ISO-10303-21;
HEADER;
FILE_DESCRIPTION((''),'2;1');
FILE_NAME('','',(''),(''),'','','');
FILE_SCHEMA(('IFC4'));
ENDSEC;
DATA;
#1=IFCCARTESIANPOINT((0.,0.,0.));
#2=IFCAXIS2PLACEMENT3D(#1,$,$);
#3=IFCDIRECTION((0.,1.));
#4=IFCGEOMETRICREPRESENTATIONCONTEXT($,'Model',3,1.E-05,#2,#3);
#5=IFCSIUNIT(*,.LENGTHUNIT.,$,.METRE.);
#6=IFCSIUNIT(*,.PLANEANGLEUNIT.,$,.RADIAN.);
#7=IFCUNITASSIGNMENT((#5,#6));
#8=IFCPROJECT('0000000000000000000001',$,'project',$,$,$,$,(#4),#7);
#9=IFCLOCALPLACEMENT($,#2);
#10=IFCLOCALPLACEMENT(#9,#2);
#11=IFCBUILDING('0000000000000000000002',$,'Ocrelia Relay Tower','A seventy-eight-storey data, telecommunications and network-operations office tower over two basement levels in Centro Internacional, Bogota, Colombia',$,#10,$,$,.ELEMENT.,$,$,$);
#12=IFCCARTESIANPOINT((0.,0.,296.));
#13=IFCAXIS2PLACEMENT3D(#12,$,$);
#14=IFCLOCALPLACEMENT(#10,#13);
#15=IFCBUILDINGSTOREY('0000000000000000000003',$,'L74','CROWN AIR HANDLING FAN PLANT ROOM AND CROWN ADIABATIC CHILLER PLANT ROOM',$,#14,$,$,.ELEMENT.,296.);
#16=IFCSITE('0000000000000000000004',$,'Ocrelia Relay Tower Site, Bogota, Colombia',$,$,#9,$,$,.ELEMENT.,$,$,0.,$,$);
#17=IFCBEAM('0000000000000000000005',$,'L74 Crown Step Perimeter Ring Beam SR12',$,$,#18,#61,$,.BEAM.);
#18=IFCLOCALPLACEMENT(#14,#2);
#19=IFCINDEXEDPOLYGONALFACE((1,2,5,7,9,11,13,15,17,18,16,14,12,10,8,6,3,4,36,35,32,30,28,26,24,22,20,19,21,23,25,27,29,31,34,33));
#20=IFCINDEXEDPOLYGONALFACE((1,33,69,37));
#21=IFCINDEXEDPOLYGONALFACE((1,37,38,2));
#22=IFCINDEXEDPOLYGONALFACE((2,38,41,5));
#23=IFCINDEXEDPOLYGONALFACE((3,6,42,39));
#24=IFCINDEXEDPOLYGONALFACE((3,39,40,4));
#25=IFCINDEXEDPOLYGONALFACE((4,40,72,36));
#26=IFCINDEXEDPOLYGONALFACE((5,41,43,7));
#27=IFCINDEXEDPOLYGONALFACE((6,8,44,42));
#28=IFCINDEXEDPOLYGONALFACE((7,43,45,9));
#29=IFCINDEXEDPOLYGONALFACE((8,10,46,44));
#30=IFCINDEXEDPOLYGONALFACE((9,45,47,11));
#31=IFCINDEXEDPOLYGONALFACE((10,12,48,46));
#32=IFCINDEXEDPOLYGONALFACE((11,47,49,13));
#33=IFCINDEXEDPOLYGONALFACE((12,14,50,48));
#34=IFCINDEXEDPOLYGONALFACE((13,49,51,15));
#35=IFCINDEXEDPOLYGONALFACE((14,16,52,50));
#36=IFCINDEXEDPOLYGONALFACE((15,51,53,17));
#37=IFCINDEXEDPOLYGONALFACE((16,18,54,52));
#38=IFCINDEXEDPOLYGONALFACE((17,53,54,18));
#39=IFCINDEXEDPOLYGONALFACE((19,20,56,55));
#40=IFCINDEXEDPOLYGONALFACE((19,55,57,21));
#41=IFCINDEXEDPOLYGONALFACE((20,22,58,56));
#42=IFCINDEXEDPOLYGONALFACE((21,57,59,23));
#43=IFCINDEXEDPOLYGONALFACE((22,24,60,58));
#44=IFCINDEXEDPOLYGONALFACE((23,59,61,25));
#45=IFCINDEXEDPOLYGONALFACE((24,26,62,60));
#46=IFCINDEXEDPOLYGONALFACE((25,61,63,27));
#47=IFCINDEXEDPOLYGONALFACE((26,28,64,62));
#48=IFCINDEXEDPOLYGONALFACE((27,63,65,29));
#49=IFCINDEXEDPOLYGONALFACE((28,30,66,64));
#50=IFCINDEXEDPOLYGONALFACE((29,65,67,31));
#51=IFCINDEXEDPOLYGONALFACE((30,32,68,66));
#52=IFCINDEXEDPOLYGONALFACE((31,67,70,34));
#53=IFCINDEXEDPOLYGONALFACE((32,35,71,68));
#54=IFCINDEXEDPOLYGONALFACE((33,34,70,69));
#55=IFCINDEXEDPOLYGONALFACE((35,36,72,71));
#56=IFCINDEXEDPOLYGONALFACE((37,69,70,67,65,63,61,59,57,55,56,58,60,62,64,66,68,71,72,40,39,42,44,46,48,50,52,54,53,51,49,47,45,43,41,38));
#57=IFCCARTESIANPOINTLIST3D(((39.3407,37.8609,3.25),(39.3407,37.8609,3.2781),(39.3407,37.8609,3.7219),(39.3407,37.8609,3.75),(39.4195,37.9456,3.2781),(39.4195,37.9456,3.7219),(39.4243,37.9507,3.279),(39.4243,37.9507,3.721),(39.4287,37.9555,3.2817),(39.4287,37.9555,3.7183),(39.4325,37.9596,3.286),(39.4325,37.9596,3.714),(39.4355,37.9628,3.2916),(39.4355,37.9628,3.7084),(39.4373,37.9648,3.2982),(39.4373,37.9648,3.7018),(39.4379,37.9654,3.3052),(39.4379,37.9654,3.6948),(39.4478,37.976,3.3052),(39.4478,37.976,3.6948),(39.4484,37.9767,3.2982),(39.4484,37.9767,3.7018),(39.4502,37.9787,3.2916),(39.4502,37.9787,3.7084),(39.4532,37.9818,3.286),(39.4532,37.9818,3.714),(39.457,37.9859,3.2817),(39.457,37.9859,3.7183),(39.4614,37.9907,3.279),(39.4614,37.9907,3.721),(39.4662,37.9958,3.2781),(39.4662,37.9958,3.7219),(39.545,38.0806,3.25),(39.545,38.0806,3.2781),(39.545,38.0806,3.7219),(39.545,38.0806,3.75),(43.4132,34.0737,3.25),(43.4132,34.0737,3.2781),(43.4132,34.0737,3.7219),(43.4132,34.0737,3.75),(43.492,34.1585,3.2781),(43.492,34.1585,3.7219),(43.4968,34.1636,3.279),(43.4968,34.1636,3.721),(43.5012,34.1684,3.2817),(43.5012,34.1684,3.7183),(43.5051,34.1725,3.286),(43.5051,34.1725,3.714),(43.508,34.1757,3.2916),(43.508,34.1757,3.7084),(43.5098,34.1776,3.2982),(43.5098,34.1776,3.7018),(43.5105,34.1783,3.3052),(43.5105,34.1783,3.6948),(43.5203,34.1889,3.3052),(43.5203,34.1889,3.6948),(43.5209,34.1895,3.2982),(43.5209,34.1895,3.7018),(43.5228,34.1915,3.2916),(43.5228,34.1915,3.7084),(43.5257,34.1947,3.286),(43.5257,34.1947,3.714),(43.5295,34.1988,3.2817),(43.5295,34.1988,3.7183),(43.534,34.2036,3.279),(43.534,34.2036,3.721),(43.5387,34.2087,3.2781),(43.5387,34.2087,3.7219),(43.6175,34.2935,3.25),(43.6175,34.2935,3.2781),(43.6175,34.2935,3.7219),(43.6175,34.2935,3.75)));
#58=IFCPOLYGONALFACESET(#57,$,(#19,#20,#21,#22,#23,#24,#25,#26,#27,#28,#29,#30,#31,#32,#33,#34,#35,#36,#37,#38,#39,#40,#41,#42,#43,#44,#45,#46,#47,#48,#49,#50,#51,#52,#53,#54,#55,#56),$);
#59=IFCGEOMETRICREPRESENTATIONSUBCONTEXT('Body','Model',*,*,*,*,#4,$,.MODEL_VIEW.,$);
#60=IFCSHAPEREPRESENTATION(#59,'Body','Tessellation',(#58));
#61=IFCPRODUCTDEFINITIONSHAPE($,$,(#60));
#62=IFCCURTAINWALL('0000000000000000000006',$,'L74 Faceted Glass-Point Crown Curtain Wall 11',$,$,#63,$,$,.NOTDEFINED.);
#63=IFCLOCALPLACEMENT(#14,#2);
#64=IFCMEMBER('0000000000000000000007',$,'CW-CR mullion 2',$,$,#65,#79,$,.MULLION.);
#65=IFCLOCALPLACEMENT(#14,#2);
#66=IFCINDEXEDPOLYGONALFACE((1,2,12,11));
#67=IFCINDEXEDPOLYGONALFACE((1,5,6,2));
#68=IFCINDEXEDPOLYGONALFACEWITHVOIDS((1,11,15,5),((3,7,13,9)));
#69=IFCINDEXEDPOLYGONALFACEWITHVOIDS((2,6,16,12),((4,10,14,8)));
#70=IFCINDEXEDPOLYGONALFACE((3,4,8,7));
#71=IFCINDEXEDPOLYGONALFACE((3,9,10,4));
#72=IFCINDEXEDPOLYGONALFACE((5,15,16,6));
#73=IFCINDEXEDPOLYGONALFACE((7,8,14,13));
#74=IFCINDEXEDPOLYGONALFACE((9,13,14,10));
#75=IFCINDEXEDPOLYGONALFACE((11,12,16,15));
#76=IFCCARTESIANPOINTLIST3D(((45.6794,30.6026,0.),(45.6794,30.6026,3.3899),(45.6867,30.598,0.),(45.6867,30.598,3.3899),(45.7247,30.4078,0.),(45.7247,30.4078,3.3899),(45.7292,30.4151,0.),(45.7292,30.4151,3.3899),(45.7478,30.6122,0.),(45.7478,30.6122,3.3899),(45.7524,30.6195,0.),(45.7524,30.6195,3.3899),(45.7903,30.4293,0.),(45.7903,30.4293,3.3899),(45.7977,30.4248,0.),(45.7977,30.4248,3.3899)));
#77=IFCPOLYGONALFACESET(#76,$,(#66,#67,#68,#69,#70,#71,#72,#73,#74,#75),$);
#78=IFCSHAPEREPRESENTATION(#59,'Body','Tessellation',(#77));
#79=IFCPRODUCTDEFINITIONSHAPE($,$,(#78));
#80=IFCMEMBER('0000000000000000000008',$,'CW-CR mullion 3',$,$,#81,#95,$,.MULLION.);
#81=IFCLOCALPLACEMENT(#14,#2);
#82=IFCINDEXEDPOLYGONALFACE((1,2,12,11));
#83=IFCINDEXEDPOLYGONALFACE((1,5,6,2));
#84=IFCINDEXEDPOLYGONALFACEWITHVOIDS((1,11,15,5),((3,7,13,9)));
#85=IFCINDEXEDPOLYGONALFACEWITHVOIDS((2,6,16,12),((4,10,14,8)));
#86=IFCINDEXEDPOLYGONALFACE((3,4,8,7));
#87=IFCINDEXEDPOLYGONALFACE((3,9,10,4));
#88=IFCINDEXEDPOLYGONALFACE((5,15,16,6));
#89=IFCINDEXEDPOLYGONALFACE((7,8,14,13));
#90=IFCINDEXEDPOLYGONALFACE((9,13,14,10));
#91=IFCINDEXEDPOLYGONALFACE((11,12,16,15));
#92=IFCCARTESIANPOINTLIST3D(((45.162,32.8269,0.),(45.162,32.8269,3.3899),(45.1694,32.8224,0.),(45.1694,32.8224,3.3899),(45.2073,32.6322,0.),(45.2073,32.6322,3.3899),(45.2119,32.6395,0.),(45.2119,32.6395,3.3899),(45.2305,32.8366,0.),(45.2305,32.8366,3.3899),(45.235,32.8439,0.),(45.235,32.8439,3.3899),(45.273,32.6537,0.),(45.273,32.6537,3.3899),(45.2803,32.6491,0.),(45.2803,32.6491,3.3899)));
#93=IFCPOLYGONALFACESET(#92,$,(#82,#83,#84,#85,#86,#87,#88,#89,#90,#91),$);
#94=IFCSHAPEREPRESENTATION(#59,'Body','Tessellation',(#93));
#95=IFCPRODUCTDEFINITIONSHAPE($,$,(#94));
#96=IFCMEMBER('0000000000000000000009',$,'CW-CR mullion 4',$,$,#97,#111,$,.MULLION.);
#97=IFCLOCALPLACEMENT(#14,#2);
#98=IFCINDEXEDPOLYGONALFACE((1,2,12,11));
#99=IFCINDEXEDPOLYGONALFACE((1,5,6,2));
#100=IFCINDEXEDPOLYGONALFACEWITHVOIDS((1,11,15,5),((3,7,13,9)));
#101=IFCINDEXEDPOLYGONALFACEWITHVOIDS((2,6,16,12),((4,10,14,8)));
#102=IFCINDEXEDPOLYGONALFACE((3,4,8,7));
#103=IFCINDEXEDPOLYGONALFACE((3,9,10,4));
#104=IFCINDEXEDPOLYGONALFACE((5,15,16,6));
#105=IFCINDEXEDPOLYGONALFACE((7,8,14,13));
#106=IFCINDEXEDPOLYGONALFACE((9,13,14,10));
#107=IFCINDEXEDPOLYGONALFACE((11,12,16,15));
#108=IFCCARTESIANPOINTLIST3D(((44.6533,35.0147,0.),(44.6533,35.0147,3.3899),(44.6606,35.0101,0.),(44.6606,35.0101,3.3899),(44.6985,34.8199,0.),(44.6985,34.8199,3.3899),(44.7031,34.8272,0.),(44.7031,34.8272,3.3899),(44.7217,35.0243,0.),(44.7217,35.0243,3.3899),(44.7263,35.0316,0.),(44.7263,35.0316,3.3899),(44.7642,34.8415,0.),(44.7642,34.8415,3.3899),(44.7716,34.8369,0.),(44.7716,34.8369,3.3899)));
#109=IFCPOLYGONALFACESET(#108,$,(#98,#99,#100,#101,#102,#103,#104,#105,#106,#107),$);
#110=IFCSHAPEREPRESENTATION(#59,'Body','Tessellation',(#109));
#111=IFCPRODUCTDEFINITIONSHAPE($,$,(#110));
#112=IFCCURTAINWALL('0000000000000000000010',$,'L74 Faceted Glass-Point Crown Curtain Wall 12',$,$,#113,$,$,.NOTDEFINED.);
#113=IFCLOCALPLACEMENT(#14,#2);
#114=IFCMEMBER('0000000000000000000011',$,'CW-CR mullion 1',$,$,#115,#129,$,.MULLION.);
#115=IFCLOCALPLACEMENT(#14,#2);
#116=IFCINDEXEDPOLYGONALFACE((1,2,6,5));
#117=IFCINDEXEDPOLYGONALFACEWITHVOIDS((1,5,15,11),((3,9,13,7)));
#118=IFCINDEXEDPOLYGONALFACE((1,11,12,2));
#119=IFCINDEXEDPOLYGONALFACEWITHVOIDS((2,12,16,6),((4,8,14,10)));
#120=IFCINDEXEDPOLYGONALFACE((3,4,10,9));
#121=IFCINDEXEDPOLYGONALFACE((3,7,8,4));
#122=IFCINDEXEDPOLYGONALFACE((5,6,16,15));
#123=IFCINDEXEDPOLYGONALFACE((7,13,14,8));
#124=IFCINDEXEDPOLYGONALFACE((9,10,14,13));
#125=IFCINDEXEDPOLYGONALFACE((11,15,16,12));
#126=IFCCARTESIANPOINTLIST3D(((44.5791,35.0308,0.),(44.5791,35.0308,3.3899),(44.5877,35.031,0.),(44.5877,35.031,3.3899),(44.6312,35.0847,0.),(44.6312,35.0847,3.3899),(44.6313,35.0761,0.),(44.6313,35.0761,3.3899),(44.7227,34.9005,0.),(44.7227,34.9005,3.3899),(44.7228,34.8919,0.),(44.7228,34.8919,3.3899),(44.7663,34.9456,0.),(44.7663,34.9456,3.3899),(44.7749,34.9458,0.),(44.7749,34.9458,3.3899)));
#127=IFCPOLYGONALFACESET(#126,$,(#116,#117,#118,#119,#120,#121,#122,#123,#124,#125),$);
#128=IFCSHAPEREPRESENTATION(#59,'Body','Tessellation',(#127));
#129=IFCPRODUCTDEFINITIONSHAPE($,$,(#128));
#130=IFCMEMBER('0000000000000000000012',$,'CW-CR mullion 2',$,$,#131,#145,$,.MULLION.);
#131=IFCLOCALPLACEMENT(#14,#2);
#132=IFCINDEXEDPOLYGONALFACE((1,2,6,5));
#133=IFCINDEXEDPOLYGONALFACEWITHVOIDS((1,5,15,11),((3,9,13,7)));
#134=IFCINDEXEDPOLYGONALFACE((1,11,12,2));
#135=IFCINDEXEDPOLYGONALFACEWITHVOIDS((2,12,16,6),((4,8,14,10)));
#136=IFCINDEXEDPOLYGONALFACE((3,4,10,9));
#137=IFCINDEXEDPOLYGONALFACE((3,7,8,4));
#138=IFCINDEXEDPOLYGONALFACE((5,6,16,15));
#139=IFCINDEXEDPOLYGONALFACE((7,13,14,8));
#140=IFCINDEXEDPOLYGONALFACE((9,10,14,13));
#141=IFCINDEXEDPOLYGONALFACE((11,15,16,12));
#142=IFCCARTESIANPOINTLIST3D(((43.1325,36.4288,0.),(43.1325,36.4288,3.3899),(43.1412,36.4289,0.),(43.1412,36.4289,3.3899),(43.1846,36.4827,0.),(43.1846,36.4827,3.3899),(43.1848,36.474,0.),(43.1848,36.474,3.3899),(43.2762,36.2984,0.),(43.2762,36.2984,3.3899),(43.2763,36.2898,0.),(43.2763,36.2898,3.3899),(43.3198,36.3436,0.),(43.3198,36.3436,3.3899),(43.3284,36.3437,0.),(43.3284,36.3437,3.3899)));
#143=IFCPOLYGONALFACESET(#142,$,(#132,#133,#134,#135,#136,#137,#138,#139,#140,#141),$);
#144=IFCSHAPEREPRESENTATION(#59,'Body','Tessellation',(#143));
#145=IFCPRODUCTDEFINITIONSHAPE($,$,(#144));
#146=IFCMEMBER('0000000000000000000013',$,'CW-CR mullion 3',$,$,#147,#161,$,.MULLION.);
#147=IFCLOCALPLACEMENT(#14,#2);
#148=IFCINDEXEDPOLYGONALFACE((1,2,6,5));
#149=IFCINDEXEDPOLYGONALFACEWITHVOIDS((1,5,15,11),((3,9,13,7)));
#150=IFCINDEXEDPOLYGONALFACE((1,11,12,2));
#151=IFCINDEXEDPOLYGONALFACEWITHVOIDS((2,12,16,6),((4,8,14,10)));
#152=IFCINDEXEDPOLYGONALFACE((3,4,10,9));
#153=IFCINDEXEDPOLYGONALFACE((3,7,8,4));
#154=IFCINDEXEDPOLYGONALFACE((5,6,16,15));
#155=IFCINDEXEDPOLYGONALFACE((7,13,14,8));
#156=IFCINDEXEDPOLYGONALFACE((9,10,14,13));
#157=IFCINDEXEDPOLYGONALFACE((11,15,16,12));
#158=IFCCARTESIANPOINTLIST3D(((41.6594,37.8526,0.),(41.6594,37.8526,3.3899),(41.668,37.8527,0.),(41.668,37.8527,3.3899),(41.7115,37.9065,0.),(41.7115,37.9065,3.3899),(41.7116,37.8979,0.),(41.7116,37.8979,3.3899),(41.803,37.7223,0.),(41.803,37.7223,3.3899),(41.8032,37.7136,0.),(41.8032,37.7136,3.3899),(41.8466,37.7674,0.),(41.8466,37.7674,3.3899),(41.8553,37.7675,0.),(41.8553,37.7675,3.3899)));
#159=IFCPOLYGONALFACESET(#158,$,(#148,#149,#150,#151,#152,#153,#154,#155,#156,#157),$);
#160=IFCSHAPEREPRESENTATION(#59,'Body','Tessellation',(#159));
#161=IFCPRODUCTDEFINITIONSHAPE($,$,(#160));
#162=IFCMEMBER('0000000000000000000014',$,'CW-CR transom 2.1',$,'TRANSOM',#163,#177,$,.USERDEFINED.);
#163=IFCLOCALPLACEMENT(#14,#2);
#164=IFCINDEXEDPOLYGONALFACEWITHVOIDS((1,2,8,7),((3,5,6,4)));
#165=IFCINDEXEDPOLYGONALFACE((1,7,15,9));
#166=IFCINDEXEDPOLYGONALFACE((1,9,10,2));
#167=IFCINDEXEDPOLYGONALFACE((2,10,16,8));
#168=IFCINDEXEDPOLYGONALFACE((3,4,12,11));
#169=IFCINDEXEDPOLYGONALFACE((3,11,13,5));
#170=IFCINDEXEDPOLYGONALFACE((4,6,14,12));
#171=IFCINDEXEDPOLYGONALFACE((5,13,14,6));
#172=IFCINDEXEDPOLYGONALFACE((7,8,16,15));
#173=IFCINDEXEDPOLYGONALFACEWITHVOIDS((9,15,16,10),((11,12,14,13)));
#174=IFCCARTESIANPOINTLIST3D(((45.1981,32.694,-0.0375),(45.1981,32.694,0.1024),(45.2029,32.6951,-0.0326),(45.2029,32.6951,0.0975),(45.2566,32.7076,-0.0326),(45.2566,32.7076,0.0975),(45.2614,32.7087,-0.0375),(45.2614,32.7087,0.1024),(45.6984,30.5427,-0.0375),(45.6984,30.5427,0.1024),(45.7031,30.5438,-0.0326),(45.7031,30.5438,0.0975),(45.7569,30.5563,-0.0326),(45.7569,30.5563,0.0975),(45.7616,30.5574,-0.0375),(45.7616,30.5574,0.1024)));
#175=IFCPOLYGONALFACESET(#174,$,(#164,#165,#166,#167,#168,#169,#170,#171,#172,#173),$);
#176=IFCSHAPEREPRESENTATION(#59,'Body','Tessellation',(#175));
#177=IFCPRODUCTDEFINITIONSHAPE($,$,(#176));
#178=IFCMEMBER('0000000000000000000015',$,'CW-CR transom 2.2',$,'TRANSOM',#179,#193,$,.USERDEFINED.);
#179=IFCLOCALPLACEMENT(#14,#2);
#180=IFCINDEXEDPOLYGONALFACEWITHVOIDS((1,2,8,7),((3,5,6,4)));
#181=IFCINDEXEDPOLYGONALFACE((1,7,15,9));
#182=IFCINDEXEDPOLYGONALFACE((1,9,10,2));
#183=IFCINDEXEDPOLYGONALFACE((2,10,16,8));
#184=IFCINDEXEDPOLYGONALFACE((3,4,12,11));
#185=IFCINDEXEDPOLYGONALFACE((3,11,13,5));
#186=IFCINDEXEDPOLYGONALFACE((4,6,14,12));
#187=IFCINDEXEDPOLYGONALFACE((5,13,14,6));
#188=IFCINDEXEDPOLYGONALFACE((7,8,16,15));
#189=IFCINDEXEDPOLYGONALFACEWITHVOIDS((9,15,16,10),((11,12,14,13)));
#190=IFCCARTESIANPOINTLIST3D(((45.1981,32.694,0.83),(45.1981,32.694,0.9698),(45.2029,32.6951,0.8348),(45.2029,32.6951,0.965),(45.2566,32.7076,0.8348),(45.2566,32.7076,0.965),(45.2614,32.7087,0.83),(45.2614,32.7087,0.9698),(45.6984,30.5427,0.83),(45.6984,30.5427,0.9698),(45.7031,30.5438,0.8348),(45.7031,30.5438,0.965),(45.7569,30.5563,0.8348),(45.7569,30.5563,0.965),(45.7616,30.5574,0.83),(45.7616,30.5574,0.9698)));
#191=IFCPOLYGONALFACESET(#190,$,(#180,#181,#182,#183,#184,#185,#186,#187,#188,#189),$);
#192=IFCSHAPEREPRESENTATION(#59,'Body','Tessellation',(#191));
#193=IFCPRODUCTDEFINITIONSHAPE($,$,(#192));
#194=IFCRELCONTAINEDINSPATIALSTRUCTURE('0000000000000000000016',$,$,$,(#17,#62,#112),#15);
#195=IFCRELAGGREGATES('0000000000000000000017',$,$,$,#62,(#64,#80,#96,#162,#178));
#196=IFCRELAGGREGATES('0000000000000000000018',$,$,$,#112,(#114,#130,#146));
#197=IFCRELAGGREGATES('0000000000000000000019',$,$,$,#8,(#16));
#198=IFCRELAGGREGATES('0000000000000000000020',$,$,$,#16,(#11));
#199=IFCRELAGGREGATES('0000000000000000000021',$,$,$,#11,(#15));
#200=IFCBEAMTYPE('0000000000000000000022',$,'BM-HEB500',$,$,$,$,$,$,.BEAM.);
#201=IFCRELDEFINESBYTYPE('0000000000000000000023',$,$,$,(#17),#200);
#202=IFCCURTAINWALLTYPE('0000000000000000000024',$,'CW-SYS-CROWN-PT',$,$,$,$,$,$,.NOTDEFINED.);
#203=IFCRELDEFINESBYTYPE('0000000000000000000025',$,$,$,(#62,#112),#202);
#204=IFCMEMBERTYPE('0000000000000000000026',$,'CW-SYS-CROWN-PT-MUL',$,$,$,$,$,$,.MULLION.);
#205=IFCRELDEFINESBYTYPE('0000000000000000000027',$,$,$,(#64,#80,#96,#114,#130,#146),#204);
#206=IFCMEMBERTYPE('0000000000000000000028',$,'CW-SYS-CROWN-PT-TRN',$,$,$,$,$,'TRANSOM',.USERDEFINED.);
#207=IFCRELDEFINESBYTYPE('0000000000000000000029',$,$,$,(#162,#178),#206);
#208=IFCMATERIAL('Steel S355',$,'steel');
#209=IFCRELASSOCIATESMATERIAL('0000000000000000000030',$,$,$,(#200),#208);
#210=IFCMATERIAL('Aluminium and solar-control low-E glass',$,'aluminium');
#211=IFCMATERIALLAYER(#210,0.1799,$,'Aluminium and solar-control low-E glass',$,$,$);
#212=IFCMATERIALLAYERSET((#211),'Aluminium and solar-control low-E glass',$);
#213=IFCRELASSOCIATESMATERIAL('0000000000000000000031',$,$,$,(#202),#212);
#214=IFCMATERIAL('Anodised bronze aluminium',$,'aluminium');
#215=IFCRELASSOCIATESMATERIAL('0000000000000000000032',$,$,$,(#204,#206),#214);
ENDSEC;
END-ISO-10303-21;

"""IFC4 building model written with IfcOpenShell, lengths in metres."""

from ifc_helpers import new_model, si_unit, direction, frame, origin, origin_2d, place, context, subcontext, project, spatial, hollow_rectangle, i_section, extrude, material, layer, layer_set, material_profile, profile_set, type_object, element, aggregate, save


model = new_model("IFC4")

# Units and contexts
model_context = context("Model", 3, precision=1e-05, world=origin(), true_north=direction((0.0, 1.0)))
body_context = subcontext(model_context, "Body", "Model", "MODEL_VIEW")
ifc_project = project(units=[si_unit("LENGTHUNIT", "METRE"), si_unit("PLANEANGLEUNIT", "RADIAN")], contexts=[model_context])

# Site, building, storey
site_placement = place(None, origin())
site = spatial("IfcSite", under=ifc_project, at=site_placement, Name="Ocrelia Relay Tower Site, Bogota, Colombia", CompositionType="ELEMENT", RefElevation=0.0)
building_placement = place(site_placement, origin())
building = spatial("IfcBuilding", under=site, at=building_placement, Name="Ocrelia Relay Tower", Description="A seventy-eight-storey data, telecommunications and network-operations office tower over two basement levels in Centro Internacional, Bogota, Colombia", CompositionType="ELEMENT")
storey_placement = place(building_placement, frame((0.0, 0.0, 296.0)))
storey = spatial("IfcBuildingStorey", under=building, at=storey_placement, Name="L74", Description="CROWN AIR HANDLING FAN PLANT ROOM AND CROWN ADIABATIC CHILLER PLANT ROOM", CompositionType="ELEMENT", Elevation=296.0)

# Beam
ifc_material_1 = material(Name="Steel S355", Category="steel")
ifc_material_profile_1 = material_profile(ifc_material_1, i_section(OverallWidth=0.3, OverallDepth=0.5, WebThickness=0.0144, FlangeThickness=0.0281, FilletRadius=0.0271, at=origin_2d()), Name="HEB 500")
ifc_profile_set_1 = profile_set([ifc_material_profile_1], Name="Steel S355")
beam_type_1 = type_object("IfcBeamType", Name="BM-HEB500", PredefinedType="BEAM", material=ifc_profile_set_1)
beam_1_placement = place(storey_placement, frame((43.5154, 34.1836, 3.5), z_axis=(-0.732301, 0.680981, 0.0), x_axis=(-0.680981, -0.732301, 0.0)))
element("IfcBeam", 1, at=beam_1_placement, inside=storey, type_object=beam_type_1, Name="L74 Crown Step Perimeter Ring Beam SR12", PredefinedType="BEAM", context=body_context, shape_type="SweptSolid", body=[
    extrude(i_section(OverallWidth=0.3, OverallDepth=0.5, WebThickness=0.0144, FlangeThickness=0.0281, FilletRadius=0.0271, at=origin_2d()), origin(), (0.0, 0.0, 1.0), 5.5613),
])

# Curtain walls, members
ifc_material_2 = material(Name="Aluminium and solar-control low-E glass", Category="aluminium")
ifc_layer_1 = layer(ifc_material_2, 0.1799, Name="Aluminium and solar-control low-E glass")
ifc_layer_set_1 = layer_set([ifc_layer_1], Name="Aluminium and solar-control low-E glass")
curtain_wall_type = type_object("IfcCurtainWallType", Name="CW-SYS-CROWN-PT", PredefinedType="NOTDEFINED", material=ifc_layer_set_1)
curtain_wall_1_placement = place(storey_placement, origin())
curtain_wall_1 = element("IfcCurtainWall", 2, at=curtain_wall_1_placement, inside=storey, type_object=curtain_wall_type, Name="L74 Faceted Glass-Point Crown Curtain Wall 11", PredefinedType="NOTDEFINED")
ifc_material_3 = material(Name="Anodised bronze aluminium", Category="aluminium")
ifc_material_profile_2 = material_profile(ifc_material_3, hollow_rectangle(XDim=0.075, YDim=0.2, WallThickness=0.0061, at=origin_2d()), Name="CW-MUL-200x75")
ifc_profile_set_2 = profile_set([ifc_material_profile_2], Name="Anodised bronze aluminium")
member_type_1 = type_object("IfcMemberType", Name="CW-SYS-CROWN-PT-MUL", PredefinedType="MULLION", material=ifc_profile_set_2)
member_1_placement = place(storey_placement, frame((45.7385, 30.5137, 0.0), z_axis=(0.0, 0.0, 1.0), x_axis=(-0.974004, -0.226533, 0.0)))
member_1 = element("IfcMember", 3, at=member_1_placement, type_object=member_type_1, Name="CW-CR mullion 2", PredefinedType="MULLION", context=body_context, shape_type="SweptSolid", body=[
    extrude(hollow_rectangle(XDim=0.075, YDim=0.2, WallThickness=0.0061, at=origin_2d()), origin(), (0.0, 0.0, 1.0), 3.3899),
])
member_2_placement = place(storey_placement, frame((45.2212, 32.738, 0.0), z_axis=(0.0, 0.0, 1.0), x_axis=(-0.974004, -0.226533, 0.0)))
member_2 = element("IfcMember", 4, at=member_2_placement, type_object=member_type_1, Name="CW-CR mullion 3", PredefinedType="MULLION", context=body_context, shape_type="SweptSolid", body=[
    extrude(hollow_rectangle(XDim=0.075, YDim=0.2, WallThickness=0.0061, at=origin_2d()), origin(), (0.0, 0.0, 1.0), 3.3899),
])
member_3_placement = place(storey_placement, frame((44.7124, 34.9258, 0.0), z_axis=(0.0, 0.0, 1.0), x_axis=(-0.974004, -0.226533, 0.0)))
member_3 = element("IfcMember", 5, at=member_3_placement, type_object=member_type_1, Name="CW-CR mullion 4", PredefinedType="MULLION", context=body_context, shape_type="SweptSolid", body=[
    extrude(hollow_rectangle(XDim=0.075, YDim=0.2, WallThickness=0.0061, at=origin_2d()), origin(), (0.0, 0.0, 1.0), 3.3899),
])
curtain_wall_2_placement = place(storey_placement, origin())
curtain_wall_2 = element("IfcCurtainWall", 6, at=curtain_wall_2_placement, inside=storey, type_object=curtain_wall_type, Name="L74 Faceted Glass-Point Crown Curtain Wall 12", PredefinedType="NOTDEFINED")
member_4_placement = place(storey_placement, frame((44.677, 34.9883, 0.0), z_axis=(0.0, 0.0, 1.0), x_axis=(-0.694932, -0.719075, 0.0)))
member_4 = element("IfcMember", 7, at=member_4_placement, type_object=member_type_1, Name="CW-CR mullion 1", PredefinedType="MULLION", context=body_context, shape_type="SweptSolid", body=[
    extrude(hollow_rectangle(XDim=0.075, YDim=0.2, WallThickness=0.0061, at=origin_2d()), origin(), (0.0, 0.0, 1.0), 3.3899),
])
member_5_placement = place(storey_placement, frame((43.2305, 36.3862, 0.0), z_axis=(0.0, 0.0, 1.0), x_axis=(-0.694932, -0.719075, 0.0)))
member_5 = element("IfcMember", 8, at=member_5_placement, type_object=member_type_1, Name="CW-CR mullion 2", PredefinedType="MULLION", context=body_context, shape_type="SweptSolid", body=[
    extrude(hollow_rectangle(XDim=0.075, YDim=0.2, WallThickness=0.0061, at=origin_2d()), origin(), (0.0, 0.0, 1.0), 3.3899),
])
member_6_placement = place(storey_placement, frame((41.7573, 37.8101, 0.0), z_axis=(0.0, 0.0, 1.0), x_axis=(-0.694932, -0.719075, 0.0)))
member_6 = element("IfcMember", 9, at=member_6_placement, type_object=member_type_1, Name="CW-CR mullion 3", PredefinedType="MULLION", context=body_context, shape_type="SweptSolid", body=[
    extrude(hollow_rectangle(XDim=0.075, YDim=0.2, WallThickness=0.0061, at=origin_2d()), origin(), (0.0, 0.0, 1.0), 3.3899),
])

# Members
ifc_material_profile_3 = material_profile(ifc_material_3, hollow_rectangle(XDim=0.0649, YDim=0.1399, WallThickness=0.0049, at=origin_2d()), Name="CW-TRN-140x65")
ifc_profile_set_3 = profile_set([ifc_material_profile_3], Name="Anodised bronze aluminium")
member_type_2 = type_object("IfcMemberType", Name="CW-SYS-CROWN-PT-TRN", ElementType="TRANSOM", PredefinedType="USERDEFINED", material=ifc_profile_set_3)
member_7_placement = place(storey_placement, frame((45.73, 30.55, 0.0325), z_axis=(-0.226482, 0.974015, 0.0), x_axis=(-0.974015, -0.226482, 0.0)))
member_7 = element("IfcMember", 10, at=member_7_placement, type_object=member_type_2, Name="CW-CR transom 2.1", ObjectType="TRANSOM", PredefinedType="USERDEFINED", context=body_context, shape_type="SweptSolid", body=[
    extrude(hollow_rectangle(XDim=0.0649, YDim=0.1399, WallThickness=0.0049, at=origin_2d()), origin(), (0.0, 0.0, 1.0), 2.2087),
])
member_8_placement = place(storey_placement, frame((45.73, 30.55, 0.8999), z_axis=(-0.226482, 0.974015, 0.0), x_axis=(-0.974015, -0.226482, 0.0)))
member_8 = element("IfcMember", 11, at=member_8_placement, type_object=member_type_2, Name="CW-CR transom 2.2", ObjectType="TRANSOM", PredefinedType="USERDEFINED", context=body_context, shape_type="SweptSolid", body=[
    extrude(hollow_rectangle(XDim=0.0649, YDim=0.1399, WallThickness=0.0049, at=origin_2d()), origin(), (0.0, 0.0, 1.0), 2.2087),
])

aggregate(curtain_wall_1, [member_1, member_2, member_3, member_7, member_8])
aggregate(curtain_wall_2, [member_4, member_5, member_6])

save(model, "model.ifc")
